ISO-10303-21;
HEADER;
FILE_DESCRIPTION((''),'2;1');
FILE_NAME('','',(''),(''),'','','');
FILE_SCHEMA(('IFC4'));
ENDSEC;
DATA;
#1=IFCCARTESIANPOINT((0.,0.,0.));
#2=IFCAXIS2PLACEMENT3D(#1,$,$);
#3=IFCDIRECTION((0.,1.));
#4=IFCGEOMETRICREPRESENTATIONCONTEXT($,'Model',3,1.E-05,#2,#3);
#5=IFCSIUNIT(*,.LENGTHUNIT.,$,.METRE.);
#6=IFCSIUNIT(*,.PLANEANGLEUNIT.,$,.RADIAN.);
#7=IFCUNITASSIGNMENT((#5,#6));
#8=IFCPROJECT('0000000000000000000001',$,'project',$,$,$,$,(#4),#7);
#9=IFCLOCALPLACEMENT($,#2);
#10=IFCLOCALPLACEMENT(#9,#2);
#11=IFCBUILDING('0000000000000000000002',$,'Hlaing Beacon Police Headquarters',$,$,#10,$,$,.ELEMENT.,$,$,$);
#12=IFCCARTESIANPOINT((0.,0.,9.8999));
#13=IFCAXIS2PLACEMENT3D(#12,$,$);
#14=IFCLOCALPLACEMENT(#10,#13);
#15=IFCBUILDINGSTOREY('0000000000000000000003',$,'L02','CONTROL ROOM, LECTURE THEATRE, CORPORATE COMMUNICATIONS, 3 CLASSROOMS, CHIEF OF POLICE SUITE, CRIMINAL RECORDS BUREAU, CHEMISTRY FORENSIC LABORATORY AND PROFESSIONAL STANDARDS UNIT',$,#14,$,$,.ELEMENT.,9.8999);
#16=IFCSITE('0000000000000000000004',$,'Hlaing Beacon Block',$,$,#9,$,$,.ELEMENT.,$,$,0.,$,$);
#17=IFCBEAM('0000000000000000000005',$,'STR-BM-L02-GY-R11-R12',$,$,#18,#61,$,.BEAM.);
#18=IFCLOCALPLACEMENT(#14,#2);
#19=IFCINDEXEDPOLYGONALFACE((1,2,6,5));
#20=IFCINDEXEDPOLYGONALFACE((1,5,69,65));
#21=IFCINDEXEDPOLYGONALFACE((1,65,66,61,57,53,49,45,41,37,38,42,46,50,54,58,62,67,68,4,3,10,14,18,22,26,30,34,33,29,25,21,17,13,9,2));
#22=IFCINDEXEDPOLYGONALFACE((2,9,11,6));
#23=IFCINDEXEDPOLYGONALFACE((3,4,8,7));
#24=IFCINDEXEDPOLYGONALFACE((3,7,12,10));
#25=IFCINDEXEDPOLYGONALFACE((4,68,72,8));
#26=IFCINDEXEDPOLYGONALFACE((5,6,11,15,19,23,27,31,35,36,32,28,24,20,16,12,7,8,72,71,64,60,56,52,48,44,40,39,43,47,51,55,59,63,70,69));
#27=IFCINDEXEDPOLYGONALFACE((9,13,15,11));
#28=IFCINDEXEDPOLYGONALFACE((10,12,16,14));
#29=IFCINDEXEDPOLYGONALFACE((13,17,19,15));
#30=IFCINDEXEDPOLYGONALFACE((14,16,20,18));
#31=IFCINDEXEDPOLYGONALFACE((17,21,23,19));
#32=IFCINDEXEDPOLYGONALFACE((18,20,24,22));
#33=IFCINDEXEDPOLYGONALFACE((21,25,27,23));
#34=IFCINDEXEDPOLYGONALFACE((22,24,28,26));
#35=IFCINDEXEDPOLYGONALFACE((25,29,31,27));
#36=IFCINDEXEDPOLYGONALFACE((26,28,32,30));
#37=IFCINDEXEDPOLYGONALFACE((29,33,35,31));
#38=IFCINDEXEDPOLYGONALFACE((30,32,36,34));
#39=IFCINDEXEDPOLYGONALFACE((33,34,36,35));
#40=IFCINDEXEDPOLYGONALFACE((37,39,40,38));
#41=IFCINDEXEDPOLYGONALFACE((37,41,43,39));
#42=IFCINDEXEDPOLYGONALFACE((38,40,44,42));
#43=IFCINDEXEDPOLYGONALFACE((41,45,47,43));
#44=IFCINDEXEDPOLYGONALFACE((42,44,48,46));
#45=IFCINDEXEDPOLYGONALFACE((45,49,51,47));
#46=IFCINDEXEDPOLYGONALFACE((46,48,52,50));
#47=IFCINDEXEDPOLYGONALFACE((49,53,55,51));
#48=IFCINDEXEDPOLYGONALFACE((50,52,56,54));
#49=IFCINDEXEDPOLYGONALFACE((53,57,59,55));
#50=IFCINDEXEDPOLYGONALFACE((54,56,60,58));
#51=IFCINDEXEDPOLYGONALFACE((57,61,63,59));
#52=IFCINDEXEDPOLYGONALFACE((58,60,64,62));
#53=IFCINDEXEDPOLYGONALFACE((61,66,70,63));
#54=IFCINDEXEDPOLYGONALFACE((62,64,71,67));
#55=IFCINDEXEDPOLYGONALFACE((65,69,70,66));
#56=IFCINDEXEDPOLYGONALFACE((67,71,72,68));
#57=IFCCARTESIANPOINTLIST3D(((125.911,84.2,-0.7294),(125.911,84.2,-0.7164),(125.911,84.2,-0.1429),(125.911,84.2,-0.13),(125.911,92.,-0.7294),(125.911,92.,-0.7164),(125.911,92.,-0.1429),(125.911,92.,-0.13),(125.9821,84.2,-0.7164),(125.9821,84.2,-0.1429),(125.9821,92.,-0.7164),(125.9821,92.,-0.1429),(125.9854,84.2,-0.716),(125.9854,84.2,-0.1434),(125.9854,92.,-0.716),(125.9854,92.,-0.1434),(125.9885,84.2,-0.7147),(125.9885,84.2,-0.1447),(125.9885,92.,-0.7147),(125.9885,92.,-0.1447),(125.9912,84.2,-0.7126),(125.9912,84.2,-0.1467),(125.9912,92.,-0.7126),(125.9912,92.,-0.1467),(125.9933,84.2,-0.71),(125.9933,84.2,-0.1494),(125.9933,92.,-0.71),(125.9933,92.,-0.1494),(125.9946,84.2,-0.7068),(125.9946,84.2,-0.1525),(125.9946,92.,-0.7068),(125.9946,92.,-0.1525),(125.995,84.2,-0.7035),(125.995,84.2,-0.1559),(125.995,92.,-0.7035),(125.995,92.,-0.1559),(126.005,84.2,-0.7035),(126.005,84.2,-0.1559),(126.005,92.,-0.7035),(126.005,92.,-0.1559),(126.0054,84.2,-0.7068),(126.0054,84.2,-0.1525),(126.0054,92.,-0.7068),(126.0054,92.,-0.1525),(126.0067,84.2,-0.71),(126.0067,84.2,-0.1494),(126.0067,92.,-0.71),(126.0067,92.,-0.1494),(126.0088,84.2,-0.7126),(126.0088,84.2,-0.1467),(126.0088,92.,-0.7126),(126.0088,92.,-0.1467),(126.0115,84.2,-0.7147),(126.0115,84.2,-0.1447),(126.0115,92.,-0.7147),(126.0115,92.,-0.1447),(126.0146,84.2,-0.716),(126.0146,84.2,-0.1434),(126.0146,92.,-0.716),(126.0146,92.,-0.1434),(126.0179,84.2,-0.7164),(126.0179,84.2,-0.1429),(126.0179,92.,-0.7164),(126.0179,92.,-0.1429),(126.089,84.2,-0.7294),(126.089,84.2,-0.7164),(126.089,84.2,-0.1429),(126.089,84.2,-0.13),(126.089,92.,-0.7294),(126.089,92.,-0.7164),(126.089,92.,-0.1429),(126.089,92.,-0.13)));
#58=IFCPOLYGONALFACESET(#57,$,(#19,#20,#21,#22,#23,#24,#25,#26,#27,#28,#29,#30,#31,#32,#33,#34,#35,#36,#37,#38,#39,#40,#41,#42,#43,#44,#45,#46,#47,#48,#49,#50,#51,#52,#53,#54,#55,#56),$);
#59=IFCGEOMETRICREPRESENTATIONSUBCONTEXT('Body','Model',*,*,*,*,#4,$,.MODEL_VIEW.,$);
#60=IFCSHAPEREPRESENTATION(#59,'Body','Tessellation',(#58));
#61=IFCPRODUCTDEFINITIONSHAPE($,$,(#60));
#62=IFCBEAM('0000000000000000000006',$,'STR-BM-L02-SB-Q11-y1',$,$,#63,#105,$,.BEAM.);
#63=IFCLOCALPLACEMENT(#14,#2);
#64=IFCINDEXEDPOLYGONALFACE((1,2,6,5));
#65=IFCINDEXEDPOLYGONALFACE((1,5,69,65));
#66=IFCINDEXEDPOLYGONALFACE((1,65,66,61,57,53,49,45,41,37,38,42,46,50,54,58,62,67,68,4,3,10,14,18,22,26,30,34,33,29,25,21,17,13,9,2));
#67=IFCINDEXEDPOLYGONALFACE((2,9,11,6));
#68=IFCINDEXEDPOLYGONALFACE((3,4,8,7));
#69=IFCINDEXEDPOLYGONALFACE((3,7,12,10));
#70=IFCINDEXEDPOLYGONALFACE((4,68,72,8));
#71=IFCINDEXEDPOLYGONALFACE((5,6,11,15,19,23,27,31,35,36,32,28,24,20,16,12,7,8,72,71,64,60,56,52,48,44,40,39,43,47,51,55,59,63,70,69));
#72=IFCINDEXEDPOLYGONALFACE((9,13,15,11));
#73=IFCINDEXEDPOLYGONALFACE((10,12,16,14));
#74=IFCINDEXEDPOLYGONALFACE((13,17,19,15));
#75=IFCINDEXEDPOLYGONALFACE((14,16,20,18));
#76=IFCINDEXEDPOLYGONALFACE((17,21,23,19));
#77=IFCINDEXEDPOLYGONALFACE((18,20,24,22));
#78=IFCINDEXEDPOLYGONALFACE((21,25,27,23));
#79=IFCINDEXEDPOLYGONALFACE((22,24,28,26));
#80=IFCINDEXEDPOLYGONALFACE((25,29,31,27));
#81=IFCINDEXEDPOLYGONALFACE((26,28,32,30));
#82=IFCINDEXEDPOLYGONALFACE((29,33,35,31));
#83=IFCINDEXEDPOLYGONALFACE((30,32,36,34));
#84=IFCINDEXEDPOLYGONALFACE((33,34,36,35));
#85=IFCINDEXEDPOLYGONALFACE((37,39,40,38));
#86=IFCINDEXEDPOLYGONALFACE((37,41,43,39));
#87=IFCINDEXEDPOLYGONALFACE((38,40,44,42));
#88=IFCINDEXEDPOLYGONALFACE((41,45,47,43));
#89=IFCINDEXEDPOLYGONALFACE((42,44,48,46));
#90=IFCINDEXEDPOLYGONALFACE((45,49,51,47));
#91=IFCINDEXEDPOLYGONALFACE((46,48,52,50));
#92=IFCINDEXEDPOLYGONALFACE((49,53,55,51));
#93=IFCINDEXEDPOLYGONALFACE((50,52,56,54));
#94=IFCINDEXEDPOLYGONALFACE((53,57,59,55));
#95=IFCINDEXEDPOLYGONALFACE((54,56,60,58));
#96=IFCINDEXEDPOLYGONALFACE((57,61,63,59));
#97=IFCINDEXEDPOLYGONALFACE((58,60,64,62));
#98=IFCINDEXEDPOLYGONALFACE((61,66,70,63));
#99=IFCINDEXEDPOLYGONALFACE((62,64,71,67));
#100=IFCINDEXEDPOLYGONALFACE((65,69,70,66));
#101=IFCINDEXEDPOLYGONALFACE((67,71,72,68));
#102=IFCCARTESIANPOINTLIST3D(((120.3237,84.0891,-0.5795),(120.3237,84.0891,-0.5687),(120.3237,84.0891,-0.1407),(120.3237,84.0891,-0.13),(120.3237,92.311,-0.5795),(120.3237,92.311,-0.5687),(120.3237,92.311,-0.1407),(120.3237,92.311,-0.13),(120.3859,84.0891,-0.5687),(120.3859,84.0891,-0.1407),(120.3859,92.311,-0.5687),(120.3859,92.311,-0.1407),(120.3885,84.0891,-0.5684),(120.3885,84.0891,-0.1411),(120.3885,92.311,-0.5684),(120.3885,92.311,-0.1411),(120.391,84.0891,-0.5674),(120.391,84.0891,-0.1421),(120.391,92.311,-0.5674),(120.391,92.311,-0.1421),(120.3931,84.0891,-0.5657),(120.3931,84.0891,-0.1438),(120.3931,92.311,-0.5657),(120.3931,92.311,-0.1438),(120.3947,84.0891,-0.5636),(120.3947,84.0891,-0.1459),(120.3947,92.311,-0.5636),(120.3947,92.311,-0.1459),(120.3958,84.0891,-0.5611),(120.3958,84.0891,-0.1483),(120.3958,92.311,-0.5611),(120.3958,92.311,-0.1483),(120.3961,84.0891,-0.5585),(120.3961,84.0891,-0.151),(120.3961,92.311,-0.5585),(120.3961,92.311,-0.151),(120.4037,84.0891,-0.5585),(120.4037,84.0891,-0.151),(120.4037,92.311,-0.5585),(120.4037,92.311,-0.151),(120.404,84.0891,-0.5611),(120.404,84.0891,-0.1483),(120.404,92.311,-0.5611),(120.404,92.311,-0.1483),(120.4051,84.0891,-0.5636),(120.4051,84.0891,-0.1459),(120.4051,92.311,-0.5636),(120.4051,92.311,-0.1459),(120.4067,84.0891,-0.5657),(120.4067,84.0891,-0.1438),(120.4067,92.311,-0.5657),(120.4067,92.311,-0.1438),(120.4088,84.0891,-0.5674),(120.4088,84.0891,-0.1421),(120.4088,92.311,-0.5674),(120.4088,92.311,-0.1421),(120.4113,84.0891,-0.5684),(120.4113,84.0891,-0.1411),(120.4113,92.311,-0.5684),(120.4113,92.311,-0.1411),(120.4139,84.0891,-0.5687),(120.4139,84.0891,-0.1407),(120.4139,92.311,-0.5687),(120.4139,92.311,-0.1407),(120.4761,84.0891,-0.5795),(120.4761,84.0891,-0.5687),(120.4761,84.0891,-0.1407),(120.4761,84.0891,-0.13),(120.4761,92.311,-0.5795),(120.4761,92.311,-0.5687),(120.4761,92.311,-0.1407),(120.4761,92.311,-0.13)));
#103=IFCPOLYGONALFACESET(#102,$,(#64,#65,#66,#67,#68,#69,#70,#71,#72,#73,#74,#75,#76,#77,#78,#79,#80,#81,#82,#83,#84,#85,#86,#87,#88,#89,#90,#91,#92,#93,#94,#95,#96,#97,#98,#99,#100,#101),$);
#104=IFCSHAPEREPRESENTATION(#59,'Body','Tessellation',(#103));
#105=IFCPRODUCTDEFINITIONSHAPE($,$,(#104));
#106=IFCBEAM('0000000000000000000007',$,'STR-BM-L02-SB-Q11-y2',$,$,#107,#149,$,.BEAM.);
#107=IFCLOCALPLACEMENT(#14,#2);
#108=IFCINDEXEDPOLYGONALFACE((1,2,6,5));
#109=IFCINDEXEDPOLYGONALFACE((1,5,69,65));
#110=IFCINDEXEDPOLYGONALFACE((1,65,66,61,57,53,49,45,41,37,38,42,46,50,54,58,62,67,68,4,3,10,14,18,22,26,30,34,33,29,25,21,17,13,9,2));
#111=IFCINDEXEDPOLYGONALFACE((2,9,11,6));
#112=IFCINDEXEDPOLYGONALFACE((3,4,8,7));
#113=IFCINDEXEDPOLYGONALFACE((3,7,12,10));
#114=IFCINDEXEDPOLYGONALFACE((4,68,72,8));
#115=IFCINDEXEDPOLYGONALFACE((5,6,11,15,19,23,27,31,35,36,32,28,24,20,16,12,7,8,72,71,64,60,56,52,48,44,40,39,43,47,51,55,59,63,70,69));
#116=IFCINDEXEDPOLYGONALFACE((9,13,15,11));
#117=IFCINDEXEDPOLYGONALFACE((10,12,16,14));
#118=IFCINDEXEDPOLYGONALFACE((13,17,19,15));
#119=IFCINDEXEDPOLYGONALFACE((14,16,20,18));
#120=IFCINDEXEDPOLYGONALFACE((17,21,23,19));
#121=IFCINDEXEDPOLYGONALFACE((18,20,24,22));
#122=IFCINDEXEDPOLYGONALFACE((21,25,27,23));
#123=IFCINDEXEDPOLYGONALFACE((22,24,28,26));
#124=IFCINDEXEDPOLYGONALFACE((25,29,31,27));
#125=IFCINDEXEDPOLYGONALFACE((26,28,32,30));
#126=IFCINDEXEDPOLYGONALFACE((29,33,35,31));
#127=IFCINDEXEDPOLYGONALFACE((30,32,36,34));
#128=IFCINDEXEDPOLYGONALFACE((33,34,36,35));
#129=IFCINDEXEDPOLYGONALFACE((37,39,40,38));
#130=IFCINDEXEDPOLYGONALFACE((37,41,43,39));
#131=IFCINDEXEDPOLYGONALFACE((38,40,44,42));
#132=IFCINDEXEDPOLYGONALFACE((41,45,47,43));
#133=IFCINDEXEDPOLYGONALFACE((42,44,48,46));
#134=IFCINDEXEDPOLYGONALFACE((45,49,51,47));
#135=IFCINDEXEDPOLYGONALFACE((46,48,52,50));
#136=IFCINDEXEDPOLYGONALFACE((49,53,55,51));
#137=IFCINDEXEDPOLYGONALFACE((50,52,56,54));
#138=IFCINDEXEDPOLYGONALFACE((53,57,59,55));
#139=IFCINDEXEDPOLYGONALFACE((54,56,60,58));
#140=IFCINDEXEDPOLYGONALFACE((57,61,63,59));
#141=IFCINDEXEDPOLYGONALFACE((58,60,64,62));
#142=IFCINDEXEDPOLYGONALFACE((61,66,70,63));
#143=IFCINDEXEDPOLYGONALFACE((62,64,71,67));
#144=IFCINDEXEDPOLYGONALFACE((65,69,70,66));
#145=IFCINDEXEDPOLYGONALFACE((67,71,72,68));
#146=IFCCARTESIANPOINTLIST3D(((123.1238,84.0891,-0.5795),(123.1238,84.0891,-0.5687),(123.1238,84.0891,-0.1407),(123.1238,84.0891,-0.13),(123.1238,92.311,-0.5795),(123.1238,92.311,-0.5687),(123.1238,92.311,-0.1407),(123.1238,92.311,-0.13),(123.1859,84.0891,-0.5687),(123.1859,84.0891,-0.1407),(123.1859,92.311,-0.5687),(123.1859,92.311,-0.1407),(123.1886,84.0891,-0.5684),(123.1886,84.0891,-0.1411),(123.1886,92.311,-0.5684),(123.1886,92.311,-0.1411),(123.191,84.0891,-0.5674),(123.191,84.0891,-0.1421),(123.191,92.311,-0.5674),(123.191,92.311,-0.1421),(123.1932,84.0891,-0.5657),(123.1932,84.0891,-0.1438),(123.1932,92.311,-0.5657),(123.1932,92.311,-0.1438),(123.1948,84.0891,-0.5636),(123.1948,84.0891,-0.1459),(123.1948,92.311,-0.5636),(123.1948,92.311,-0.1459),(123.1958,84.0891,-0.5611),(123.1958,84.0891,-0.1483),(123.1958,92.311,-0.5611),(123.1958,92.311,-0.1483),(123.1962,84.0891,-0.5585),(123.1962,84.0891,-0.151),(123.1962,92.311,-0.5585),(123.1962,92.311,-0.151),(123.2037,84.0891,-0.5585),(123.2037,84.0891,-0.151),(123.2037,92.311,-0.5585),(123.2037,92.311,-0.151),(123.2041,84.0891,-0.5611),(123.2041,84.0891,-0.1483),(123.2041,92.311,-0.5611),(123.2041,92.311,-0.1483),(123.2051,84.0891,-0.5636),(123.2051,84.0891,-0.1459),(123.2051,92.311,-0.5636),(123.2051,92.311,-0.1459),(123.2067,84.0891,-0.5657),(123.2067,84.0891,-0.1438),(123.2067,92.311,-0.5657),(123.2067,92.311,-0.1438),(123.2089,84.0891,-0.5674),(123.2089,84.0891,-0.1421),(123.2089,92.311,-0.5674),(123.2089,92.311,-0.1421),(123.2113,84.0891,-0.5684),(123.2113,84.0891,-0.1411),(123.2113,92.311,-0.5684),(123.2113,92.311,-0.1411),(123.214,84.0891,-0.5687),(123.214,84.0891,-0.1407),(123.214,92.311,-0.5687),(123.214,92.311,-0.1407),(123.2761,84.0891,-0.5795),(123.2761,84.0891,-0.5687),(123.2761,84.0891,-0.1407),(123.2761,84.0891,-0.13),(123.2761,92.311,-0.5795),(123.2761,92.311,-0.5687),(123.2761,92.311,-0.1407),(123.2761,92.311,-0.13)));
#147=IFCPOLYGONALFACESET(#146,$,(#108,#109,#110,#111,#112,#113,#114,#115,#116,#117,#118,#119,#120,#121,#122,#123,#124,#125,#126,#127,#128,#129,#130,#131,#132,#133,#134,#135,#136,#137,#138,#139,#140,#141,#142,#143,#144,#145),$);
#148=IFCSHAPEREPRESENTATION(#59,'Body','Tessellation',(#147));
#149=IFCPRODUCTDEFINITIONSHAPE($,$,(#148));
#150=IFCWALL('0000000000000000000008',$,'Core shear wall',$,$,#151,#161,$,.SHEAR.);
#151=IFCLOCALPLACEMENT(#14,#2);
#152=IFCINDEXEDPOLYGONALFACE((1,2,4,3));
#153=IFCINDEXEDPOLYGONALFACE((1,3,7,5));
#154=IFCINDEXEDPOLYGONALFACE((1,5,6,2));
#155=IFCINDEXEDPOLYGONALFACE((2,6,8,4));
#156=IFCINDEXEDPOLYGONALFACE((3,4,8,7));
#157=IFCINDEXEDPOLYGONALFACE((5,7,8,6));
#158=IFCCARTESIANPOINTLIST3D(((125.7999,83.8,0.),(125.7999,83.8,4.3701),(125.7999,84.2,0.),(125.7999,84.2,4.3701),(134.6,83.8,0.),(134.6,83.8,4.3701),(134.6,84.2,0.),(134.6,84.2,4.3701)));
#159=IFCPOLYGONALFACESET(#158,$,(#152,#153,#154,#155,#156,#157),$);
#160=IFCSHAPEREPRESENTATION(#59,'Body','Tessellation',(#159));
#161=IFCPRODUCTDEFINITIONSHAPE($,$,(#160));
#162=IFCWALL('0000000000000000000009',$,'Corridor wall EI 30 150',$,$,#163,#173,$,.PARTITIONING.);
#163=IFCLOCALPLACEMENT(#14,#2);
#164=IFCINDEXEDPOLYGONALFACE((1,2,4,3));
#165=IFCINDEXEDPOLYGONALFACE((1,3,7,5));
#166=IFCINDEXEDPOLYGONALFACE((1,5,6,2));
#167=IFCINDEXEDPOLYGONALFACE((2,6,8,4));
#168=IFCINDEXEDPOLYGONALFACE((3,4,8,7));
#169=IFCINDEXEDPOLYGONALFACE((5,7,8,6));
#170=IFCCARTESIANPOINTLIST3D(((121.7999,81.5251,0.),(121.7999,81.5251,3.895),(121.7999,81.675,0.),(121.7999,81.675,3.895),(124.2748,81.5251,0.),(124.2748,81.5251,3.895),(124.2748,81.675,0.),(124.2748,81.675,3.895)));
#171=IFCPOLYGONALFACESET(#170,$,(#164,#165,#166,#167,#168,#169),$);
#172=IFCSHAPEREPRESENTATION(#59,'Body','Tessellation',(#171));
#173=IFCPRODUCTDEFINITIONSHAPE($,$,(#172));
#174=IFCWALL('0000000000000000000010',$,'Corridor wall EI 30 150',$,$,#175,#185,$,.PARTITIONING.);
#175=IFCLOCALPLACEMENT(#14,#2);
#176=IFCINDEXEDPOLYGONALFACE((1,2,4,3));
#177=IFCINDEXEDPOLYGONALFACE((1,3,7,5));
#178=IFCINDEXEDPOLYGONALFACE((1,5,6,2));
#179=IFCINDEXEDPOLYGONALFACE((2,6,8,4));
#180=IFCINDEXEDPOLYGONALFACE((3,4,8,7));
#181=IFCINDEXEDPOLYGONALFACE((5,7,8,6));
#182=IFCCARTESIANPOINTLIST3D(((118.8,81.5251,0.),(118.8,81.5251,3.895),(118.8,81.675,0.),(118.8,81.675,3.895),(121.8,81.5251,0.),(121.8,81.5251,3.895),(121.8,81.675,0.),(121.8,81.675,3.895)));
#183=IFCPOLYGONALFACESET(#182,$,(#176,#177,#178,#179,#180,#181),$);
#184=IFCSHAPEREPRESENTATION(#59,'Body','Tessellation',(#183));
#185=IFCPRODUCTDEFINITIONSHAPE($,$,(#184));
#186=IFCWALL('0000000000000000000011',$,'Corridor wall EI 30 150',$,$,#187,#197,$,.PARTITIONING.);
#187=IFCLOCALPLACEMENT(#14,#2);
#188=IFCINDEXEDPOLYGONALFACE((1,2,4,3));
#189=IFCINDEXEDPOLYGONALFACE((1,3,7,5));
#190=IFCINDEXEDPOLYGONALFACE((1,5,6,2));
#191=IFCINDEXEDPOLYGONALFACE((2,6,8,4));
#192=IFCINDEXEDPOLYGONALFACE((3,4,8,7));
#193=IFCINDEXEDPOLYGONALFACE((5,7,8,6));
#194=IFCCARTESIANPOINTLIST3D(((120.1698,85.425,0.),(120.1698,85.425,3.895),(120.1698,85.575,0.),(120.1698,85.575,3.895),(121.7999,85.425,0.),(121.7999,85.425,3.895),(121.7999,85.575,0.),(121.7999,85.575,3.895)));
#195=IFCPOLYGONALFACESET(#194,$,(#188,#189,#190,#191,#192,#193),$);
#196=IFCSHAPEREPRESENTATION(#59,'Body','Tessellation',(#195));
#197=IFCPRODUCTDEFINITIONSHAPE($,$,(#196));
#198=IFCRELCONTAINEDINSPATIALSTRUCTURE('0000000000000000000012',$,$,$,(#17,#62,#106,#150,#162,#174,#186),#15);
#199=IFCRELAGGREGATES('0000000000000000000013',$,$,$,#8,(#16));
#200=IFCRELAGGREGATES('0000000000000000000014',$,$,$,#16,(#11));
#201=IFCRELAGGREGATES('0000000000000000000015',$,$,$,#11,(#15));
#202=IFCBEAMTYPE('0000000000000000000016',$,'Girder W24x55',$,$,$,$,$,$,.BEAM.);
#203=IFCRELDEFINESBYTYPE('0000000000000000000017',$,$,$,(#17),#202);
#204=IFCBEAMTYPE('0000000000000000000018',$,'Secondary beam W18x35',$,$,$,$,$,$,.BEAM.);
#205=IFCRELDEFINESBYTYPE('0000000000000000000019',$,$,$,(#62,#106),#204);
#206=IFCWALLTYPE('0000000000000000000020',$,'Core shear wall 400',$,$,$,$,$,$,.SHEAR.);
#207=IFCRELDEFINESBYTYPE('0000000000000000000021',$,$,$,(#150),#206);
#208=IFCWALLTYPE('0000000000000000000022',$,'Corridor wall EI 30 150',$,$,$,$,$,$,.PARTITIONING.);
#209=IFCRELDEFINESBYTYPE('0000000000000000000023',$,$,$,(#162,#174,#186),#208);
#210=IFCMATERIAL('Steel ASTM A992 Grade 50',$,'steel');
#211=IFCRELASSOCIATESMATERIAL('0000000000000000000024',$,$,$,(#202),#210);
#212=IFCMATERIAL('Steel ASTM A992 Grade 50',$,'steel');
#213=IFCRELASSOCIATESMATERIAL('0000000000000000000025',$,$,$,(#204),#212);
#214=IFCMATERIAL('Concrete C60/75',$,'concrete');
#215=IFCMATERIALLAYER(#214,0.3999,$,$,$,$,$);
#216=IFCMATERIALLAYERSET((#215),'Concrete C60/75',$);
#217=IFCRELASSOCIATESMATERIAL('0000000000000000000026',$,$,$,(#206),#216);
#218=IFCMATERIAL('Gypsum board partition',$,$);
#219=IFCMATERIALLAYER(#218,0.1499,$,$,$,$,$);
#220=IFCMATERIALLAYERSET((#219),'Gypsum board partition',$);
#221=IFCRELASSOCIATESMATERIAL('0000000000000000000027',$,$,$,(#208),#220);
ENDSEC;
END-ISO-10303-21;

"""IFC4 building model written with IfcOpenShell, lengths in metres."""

from ifc_helpers import new_model, si_unit, direction, frame, frame_2d, origin, origin_2d, place, context, subcontext, project, spatial, rectangle, i_section, extrude, material, layer, layer_set, material_profile, profile_set, type_object, element, save


model = new_model("IFC4")

# Units and contexts
model_context = context("Model", 3, precision=1e-05, world=origin(), true_north=direction((0.0, 1.0)))
body_context = subcontext(model_context, "Body", "Model", "MODEL_VIEW")
ifc_project = project(units=[si_unit("LENGTHUNIT", "METRE"), si_unit("PLANEANGLEUNIT", "RADIAN")], contexts=[model_context])

# Site, building, storey
site_placement = place(None, origin())
site = spatial("IfcSite", under=ifc_project, at=site_placement, Name="Hlaing Beacon Block", CompositionType="ELEMENT", RefElevation=0.0)
building_placement = place(site_placement, origin())
building = spatial("IfcBuilding", under=site, at=building_placement, Name="Hlaing Beacon Police Headquarters", CompositionType="ELEMENT")
storey_placement = place(building_placement, frame((0.0, 0.0, 9.8999)))
storey = spatial("IfcBuildingStorey", under=building, at=storey_placement, Name="L02", Description="CONTROL ROOM, LECTURE THEATRE, CORPORATE COMMUNICATIONS, 3 CLASSROOMS, CHIEF OF POLICE SUITE, CRIMINAL RECORDS BUREAU, CHEMISTRY FORENSIC LABORATORY AND PROFESSIONAL STANDARDS UNIT", CompositionType="ELEMENT", Elevation=9.8999)

# Beams
ifc_material_1 = material(Name="Steel ASTM A992 Grade 50", Category="steel")
ifc_material_profile_1 = material_profile(ifc_material_1, i_section(OverallWidth=0.178, OverallDepth=0.5994, WebThickness=0.01, FlangeThickness=0.0129, FilletRadius=0.0129, at=origin_2d()), Name="W24x55")
ifc_profile_set_1 = profile_set([ifc_material_profile_1], Name="Steel ASTM A992 Grade 50")
beam_type_1 = type_object("IfcBeamType", Name="Girder W24x55", PredefinedType="BEAM", material=ifc_profile_set_1)
beam_placement = place(storey_placement, frame((126.0, 84.2, -0.4297), z_axis=(0.0, 1.0, 0.0), x_axis=(-1.0, 0.0, 0.0)))
element("IfcBeam", 1, at=beam_placement, inside=storey, type_object=beam_type_1, Name="STR-BM-L02-GY-R11-R12", PredefinedType="BEAM", context=body_context, shape_type="SweptSolid", body=[
    extrude(i_section(OverallWidth=0.178, OverallDepth=0.5994, WebThickness=0.01, FlangeThickness=0.0129, FilletRadius=0.0129, at=origin_2d()), origin(), (0.0, 0.0, 1.0), 7.8),
])
ifc_material_2 = material(Name="Steel ASTM A992 Grade 50", Category="steel")
ifc_material_profile_2 = material_profile(ifc_material_2, i_section(OverallWidth=0.1523, OverallDepth=0.4495, WebThickness=0.0076, FlangeThickness=0.0107, FilletRadius=0.0103, at=origin_2d()), Name="W18x35")
ifc_profile_set_2 = profile_set([ifc_material_profile_2], Name="Steel ASTM A992 Grade 50")
beam_type_2 = type_object("IfcBeamType", Name="Secondary beam W18x35", PredefinedType="BEAM", material=ifc_profile_set_2)
for number, where, z_axis, x_axis, name in (
    (2, (120.3999, 84.0891, -0.3547), (0.0, 1.0, 0.0), (-1.0, 0.0, 0.0), "STR-BM-L02-SB-Q11-y1"),
    (3, (123.2, 84.0891, -0.3547), (0.0, 1.0, 0.0), (-1.0, 0.0, 0.0), "STR-BM-L02-SB-Q11-y2"),
):
    element("IfcBeam", number, at=place(storey_placement, frame(where, z_axis=z_axis, x_axis=x_axis)), inside=storey, type_object=beam_type_2, Name=name, PredefinedType="BEAM", context=body_context, shape_type="SweptSolid", body=[
        extrude(i_section(OverallWidth=0.1523, OverallDepth=0.4495, WebThickness=0.0076, FlangeThickness=0.0107, FilletRadius=0.0103, at=origin_2d()), origin(), (0.0, 0.0, 1.0), 8.2219),
    ])

# Walls
ifc_material_3 = material(Name="Concrete C60/75", Category="concrete")
ifc_layer_1 = layer(ifc_material_3, 0.3999)
ifc_layer_set_1 = layer_set([ifc_layer_1], Name="Concrete C60/75")
wall_type_1 = type_object("IfcWallType", Name="Core shear wall 400", PredefinedType="SHEAR", material=ifc_layer_set_1)
wall_1_placement = place(storey_placement, frame((125.8, 84.0, 0.0), z_axis=(0.0, 0.0, 1.0), x_axis=(1.0, 0.0, 0.0)))
element("IfcWall", 4, at=wall_1_placement, inside=storey, type_object=wall_type_1, Name="Core shear wall", PredefinedType="SHEAR", context=body_context, shape_type="SweptSolid", body=[
    extrude(rectangle(XDim=8.8, YDim=0.3999, at=frame_2d((4.3999, 0.0))), origin(), (0.0, 0.0, 1.0), 4.3701),
])
ifc_material_4 = material(Name="Gypsum board partition")
ifc_layer_2 = layer(ifc_material_4, 0.1499)
ifc_layer_set_2 = layer_set([ifc_layer_2], Name="Gypsum board partition")
wall_type_2 = type_object("IfcWallType", Name="Corridor wall EI 30 150", PredefinedType="PARTITIONING", material=ifc_layer_set_2)
wall_2_placement = place(storey_placement, frame((121.8, 81.6001, 0.0), z_axis=(0.0, 0.0, 1.0), x_axis=(1.0, 0.0, 0.0)))
element("IfcWall", 5, at=wall_2_placement, inside=storey, type_object=wall_type_2, Name="Corridor wall EI 30 150", PredefinedType="PARTITIONING", context=body_context, shape_type="SweptSolid", body=[
    extrude(rectangle(XDim=2.4749, YDim=0.1499, at=frame_2d((1.2373, 0.0))), origin(), (0.0, 0.0, 1.0), 3.895),
])
wall_3_placement = place(storey_placement, frame((118.8, 81.6001, 0.0), z_axis=(0.0, 0.0, 1.0), x_axis=(1.0, 0.0, 0.0)))
element("IfcWall", 6, at=wall_3_placement, inside=storey, type_object=wall_type_2, Name="Corridor wall EI 30 150", PredefinedType="PARTITIONING", context=body_context, shape_type="SweptSolid", body=[
    extrude(rectangle(XDim=3.0, YDim=0.1499, at=frame_2d((1.5, 0.0))), origin(), (0.0, 0.0, 1.0), 3.895),
])
wall_4_placement = place(storey_placement, frame((120.1699, 85.5, 0.0), z_axis=(0.0, 0.0, 1.0), x_axis=(1.0, 0.0, 0.0)))
element("IfcWall", 7, at=wall_4_placement, inside=storey, type_object=wall_type_2, Name="Corridor wall EI 30 150", PredefinedType="PARTITIONING", context=body_context, shape_type="SweptSolid", body=[
    extrude(rectangle(XDim=1.6301, YDim=0.1499, at=frame_2d((0.8149, 0.0))), origin(), (0.0, 0.0, 1.0), 3.895),
])

save(model, "model.ifc")
